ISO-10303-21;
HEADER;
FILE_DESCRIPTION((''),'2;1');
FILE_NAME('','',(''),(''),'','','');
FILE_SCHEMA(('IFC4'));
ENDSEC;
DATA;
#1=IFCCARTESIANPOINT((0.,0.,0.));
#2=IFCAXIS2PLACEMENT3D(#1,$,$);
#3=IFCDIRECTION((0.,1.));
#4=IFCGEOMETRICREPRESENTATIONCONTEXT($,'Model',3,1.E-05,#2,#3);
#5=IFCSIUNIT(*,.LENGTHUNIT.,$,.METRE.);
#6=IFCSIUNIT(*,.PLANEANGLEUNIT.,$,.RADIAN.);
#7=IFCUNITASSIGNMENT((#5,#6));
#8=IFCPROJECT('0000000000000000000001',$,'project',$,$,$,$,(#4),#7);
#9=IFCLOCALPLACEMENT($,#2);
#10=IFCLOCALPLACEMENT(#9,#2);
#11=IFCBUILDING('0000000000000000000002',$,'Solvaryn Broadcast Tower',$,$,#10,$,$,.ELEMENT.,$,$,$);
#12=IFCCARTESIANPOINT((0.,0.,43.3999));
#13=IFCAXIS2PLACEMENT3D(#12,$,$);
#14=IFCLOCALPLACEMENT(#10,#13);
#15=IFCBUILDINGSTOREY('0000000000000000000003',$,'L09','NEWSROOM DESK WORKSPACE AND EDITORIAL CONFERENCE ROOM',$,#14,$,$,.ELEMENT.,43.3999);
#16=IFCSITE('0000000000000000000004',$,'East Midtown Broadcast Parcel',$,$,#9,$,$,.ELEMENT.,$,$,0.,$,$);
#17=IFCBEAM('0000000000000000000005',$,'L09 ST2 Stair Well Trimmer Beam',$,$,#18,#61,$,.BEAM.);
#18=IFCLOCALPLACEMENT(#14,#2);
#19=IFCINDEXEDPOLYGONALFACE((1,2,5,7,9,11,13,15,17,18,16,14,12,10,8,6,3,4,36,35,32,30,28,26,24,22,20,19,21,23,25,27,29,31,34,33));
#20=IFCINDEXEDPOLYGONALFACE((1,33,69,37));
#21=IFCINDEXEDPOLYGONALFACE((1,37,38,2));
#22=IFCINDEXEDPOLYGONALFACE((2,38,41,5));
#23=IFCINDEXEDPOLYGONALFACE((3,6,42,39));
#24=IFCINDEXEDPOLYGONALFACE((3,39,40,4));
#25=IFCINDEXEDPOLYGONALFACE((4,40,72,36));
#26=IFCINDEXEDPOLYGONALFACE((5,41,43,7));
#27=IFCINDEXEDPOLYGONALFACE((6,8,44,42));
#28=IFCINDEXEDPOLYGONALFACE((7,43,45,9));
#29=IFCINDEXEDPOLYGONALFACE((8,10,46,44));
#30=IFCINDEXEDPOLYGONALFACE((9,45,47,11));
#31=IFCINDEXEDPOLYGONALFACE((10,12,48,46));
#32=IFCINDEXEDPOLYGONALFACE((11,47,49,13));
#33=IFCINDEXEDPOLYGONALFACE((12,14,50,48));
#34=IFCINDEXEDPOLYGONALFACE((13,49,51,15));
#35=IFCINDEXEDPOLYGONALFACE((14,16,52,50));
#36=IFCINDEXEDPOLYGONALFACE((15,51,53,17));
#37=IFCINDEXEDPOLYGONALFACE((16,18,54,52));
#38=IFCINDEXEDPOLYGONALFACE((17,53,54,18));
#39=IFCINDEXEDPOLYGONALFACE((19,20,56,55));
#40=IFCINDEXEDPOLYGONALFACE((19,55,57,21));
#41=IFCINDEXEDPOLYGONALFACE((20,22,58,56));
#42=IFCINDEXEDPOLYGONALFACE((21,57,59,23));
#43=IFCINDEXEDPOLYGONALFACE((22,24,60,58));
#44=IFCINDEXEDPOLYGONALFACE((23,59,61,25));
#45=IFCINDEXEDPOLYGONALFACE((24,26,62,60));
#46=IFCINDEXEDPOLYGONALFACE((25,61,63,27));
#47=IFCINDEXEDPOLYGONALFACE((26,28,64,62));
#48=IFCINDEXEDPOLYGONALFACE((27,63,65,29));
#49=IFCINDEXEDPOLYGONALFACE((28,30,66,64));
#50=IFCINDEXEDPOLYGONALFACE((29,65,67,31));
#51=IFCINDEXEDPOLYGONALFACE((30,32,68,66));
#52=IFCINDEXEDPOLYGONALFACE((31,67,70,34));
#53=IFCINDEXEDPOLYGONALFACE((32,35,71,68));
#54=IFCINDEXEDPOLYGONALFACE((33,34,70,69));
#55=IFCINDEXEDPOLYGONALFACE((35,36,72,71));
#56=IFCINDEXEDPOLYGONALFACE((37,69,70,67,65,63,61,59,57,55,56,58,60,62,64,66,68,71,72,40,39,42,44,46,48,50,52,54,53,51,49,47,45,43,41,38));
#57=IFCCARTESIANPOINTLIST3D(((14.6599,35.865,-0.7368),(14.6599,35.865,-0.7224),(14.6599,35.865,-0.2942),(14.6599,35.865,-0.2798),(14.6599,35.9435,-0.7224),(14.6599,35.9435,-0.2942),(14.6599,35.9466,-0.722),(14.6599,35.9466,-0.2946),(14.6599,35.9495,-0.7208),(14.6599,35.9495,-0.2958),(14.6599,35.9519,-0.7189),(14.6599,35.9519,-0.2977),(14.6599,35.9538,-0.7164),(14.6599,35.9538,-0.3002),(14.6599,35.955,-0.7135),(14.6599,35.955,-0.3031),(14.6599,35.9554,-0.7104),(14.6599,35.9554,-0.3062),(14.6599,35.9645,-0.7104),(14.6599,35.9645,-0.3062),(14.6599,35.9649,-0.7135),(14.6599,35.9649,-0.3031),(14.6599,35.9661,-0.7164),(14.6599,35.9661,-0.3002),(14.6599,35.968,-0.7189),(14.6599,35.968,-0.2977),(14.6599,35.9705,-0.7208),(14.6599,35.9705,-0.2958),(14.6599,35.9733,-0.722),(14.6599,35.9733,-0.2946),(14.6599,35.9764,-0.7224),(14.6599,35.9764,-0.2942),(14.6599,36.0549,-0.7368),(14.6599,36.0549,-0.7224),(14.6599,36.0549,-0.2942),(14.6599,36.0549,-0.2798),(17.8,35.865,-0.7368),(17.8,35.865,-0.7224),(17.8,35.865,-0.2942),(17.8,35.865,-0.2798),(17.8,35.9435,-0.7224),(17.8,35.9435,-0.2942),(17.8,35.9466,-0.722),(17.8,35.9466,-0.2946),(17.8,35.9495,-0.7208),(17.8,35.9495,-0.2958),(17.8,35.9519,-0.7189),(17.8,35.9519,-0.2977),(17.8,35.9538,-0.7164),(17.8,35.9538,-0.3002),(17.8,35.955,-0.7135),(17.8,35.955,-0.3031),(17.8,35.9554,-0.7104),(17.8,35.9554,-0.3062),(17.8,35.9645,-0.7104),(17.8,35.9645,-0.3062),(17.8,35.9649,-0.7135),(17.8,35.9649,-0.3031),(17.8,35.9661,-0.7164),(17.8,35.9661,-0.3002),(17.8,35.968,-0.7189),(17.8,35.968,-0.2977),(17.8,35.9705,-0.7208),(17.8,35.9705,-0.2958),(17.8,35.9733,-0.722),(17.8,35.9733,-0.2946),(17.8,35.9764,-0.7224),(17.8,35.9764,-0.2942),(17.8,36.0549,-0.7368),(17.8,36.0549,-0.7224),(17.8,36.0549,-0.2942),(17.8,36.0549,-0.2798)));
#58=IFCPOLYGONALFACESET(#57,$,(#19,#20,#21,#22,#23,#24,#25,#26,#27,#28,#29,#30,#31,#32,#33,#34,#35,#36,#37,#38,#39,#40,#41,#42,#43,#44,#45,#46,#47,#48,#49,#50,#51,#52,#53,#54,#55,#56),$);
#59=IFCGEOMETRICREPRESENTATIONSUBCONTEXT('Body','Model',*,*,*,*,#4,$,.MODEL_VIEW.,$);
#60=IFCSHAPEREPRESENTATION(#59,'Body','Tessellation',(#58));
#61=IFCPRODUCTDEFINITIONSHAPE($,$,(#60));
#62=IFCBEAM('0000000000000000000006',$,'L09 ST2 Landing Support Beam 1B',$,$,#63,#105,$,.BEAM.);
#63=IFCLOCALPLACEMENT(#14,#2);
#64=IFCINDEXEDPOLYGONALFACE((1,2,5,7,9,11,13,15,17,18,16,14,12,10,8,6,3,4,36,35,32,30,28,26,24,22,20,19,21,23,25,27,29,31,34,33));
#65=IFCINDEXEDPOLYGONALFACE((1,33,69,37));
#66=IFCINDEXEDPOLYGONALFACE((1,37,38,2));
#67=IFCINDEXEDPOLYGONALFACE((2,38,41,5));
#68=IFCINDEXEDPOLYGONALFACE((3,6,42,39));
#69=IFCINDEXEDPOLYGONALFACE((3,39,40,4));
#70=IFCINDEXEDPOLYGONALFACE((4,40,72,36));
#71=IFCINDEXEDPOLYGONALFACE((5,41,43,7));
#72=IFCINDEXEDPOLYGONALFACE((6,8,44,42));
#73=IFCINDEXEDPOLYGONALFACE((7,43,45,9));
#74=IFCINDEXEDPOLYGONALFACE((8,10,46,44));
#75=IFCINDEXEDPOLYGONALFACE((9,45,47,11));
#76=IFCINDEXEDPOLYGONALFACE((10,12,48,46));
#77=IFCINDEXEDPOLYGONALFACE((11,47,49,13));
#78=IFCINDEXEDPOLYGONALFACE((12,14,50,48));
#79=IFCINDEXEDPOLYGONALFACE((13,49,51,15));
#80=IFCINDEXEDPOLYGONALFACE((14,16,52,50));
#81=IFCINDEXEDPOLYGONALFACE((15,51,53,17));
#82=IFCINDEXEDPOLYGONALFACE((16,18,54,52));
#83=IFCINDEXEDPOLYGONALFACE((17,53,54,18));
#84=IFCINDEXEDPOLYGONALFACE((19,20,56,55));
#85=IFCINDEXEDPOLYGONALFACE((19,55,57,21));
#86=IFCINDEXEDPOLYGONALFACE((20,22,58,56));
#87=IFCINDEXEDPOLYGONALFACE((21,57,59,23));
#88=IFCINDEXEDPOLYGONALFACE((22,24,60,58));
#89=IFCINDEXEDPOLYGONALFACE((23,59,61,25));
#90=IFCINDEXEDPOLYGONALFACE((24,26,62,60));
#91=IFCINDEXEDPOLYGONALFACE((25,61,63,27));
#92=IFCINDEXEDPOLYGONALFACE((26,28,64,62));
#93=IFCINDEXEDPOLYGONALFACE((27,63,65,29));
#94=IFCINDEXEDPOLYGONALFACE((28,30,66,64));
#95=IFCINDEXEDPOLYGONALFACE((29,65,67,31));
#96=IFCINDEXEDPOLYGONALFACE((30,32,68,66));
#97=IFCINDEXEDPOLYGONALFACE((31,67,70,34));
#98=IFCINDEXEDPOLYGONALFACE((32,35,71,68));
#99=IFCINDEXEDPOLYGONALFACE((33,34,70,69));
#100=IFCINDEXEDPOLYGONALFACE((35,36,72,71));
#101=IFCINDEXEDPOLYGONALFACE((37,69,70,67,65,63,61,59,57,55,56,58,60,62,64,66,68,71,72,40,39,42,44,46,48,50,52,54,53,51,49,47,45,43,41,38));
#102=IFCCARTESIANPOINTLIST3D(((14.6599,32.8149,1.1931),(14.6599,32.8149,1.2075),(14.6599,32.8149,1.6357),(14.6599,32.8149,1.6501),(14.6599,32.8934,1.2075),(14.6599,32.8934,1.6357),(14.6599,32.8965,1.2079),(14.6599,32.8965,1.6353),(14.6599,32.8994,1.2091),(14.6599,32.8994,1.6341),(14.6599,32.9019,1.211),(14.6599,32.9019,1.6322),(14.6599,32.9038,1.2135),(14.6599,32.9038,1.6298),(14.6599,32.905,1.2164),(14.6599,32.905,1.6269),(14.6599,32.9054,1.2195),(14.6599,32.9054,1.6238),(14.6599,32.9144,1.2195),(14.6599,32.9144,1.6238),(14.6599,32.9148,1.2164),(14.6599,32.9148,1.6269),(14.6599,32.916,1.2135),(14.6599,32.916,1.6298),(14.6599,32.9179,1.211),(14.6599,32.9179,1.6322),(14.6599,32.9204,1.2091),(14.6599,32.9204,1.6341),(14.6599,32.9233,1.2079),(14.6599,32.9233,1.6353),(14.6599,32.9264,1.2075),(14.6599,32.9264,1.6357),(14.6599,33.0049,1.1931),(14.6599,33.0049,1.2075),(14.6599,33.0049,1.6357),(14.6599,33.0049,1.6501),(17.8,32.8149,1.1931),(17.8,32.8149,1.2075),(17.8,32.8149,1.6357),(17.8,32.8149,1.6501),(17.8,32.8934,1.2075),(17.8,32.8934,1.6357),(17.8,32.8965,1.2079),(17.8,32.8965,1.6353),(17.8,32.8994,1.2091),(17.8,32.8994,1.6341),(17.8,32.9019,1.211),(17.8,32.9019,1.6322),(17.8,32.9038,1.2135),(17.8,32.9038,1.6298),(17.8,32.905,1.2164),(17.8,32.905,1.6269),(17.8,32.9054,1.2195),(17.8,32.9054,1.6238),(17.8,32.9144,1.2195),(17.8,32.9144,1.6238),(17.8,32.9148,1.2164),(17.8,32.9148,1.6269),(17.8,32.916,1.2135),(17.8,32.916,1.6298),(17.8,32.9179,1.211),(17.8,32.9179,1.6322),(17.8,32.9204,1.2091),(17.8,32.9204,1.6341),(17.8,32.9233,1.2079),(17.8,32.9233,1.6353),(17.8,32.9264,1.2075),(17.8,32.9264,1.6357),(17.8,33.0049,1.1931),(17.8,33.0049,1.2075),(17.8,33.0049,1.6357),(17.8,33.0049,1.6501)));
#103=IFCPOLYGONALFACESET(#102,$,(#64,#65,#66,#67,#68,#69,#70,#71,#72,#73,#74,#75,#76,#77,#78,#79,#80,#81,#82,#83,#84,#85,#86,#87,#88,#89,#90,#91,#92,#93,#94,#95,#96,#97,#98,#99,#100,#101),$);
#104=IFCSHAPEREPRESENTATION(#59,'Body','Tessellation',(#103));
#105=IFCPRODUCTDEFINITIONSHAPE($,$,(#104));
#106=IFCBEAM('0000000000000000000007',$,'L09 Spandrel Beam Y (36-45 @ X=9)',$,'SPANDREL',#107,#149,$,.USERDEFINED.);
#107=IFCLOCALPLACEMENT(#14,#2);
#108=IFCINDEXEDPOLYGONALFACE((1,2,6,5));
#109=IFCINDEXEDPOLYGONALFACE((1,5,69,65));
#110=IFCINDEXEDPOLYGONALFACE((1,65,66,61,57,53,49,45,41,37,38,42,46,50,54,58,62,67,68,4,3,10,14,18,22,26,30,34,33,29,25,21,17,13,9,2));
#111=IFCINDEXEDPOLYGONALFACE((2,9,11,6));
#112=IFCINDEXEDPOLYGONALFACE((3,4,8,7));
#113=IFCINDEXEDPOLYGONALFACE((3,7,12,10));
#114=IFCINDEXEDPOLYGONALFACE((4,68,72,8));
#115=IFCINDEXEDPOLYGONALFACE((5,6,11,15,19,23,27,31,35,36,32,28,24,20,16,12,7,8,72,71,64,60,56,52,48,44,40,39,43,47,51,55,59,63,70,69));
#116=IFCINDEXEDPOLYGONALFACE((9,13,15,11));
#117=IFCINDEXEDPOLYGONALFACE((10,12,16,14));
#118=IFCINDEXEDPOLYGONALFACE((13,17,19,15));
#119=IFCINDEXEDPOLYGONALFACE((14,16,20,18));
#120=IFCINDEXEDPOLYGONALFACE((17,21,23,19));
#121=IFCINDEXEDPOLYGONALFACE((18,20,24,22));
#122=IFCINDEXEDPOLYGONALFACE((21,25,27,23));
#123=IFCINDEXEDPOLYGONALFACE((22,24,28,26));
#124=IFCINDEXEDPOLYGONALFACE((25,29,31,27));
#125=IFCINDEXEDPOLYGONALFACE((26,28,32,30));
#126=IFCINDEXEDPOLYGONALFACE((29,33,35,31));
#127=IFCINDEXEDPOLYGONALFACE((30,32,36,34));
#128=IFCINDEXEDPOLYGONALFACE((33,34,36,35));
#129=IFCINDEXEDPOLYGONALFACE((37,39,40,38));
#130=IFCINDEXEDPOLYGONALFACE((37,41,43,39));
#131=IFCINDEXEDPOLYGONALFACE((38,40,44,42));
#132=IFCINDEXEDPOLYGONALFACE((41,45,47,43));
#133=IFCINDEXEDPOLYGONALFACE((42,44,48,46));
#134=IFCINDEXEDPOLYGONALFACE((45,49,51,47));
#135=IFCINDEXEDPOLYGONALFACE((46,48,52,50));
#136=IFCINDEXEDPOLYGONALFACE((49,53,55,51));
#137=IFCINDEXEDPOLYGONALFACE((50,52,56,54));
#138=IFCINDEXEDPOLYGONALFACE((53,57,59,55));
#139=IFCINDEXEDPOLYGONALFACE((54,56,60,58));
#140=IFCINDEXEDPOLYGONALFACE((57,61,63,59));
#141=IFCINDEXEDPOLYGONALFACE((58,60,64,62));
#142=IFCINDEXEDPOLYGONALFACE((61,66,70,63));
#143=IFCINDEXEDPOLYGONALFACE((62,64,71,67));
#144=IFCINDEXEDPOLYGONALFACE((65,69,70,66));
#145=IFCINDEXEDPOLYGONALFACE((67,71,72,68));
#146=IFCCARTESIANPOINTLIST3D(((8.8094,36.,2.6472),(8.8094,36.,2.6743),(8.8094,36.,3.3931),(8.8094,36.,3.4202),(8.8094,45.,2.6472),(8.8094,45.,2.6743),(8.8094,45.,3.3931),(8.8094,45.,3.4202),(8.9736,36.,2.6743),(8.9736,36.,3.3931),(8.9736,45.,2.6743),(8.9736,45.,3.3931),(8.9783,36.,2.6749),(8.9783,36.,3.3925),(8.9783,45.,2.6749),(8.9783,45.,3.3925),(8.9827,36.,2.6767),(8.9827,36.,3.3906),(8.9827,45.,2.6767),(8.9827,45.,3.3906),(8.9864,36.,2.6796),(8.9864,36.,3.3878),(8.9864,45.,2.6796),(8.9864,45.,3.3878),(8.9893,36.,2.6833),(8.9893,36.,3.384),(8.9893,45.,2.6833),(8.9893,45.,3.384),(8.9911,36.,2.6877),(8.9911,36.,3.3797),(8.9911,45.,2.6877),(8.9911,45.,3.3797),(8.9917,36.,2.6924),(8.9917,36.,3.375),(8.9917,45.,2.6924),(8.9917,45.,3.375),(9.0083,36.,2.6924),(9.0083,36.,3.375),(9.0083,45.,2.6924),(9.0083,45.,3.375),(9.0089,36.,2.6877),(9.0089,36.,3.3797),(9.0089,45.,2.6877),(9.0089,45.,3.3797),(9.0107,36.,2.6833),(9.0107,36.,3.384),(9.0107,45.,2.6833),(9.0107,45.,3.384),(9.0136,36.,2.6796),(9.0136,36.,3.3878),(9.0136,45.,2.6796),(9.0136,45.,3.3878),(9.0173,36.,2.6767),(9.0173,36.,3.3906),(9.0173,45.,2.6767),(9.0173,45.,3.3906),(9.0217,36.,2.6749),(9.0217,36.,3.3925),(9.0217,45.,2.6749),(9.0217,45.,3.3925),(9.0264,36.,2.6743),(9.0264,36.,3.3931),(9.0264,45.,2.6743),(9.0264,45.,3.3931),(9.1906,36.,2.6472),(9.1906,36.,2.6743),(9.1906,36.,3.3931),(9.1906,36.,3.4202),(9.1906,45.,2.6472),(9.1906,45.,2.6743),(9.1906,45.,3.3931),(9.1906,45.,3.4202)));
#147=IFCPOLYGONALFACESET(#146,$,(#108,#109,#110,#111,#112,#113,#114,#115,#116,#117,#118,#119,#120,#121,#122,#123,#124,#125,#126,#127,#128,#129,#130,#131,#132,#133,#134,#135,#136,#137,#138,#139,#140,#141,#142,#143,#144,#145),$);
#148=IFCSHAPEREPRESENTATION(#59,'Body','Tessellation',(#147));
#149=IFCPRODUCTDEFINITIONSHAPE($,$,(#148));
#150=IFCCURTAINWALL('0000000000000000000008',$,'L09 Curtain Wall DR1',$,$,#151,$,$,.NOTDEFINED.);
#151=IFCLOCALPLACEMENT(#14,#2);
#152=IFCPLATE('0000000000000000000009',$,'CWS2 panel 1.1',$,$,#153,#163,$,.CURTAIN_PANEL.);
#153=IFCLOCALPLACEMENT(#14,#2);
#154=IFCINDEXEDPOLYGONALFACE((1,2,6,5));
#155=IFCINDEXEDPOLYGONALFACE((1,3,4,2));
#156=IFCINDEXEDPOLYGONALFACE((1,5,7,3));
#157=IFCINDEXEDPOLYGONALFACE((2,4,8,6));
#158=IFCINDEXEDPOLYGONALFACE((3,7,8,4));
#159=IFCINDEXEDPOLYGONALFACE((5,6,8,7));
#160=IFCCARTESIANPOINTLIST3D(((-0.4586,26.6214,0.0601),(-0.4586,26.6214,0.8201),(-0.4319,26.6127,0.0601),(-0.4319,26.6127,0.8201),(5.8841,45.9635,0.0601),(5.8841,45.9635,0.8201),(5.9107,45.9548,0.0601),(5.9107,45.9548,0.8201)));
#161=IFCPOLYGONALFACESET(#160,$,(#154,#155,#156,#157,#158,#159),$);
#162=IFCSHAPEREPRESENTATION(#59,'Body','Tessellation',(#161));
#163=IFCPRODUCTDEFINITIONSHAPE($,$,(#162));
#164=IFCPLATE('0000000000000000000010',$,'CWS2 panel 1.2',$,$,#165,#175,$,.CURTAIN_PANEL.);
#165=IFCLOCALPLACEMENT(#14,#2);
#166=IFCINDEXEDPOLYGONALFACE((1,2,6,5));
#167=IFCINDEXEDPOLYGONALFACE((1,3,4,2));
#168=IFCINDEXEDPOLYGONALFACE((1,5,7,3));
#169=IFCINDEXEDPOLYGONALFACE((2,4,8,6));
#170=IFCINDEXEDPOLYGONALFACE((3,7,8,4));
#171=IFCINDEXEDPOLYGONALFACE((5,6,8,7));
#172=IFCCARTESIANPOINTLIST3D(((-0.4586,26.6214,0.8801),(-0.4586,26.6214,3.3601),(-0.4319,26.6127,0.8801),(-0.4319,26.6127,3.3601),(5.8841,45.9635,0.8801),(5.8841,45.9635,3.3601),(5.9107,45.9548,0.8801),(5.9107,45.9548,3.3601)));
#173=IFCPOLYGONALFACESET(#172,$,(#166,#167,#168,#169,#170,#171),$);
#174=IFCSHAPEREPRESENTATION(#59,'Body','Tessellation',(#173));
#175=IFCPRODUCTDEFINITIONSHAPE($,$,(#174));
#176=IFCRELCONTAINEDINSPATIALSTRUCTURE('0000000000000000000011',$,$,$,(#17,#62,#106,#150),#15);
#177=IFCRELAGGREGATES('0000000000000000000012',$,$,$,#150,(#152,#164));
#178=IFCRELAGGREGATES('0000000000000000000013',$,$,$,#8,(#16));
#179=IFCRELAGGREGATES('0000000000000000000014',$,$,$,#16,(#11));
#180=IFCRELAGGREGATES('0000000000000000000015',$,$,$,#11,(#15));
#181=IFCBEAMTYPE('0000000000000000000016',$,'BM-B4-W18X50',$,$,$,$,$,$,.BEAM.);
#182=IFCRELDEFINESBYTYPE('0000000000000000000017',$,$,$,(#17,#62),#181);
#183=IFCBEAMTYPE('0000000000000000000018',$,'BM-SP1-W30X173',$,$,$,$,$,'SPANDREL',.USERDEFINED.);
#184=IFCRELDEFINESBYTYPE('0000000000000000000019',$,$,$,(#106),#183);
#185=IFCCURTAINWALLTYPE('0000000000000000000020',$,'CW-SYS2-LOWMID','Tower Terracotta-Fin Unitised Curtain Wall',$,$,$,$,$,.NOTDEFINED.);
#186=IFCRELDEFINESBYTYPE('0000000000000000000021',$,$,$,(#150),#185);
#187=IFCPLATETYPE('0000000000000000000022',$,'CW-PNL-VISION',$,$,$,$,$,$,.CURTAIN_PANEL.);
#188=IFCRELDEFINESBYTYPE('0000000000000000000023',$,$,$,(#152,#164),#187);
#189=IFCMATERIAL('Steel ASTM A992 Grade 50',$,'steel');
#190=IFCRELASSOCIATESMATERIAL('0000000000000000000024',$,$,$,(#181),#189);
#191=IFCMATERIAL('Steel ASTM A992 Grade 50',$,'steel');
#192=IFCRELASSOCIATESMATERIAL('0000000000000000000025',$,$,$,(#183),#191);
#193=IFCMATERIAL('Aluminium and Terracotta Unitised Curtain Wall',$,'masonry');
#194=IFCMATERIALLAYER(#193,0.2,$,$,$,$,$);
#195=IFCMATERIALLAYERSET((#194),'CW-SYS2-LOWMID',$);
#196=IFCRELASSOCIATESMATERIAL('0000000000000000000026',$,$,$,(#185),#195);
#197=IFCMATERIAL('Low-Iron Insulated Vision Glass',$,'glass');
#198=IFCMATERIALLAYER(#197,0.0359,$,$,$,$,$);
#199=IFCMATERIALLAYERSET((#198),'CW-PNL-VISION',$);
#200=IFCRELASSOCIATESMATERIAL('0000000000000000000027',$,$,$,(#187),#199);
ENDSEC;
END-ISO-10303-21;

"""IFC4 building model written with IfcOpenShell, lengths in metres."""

from ifc_helpers import new_model, si_unit, direction, frame, origin, origin_2d, place, context, subcontext, project, spatial, rectangle, i_section, extrude, material, layer, layer_set, material_profile, profile_set, type_object, element, aggregate, save


model = new_model("IFC4")

# Units and contexts
model_context = context("Model", 3, precision=1e-05, world=origin(), true_north=direction((0.0, 1.0)))
body_context = subcontext(model_context, "Body", "Model", "MODEL_VIEW")
ifc_project = project(units=[si_unit("LENGTHUNIT", "METRE"), si_unit("PLANEANGLEUNIT", "RADIAN")], contexts=[model_context])

# Site, building, storey
site_placement = place(None, origin())
site = spatial("IfcSite", under=ifc_project, at=site_placement, Name="East Midtown Broadcast Parcel", CompositionType="ELEMENT", RefElevation=0.0)
building_placement = place(site_placement, origin())
building = spatial("IfcBuilding", under=site, at=building_placement, Name="Solvaryn Broadcast Tower", CompositionType="ELEMENT")
storey_placement = place(building_placement, frame((0.0, 0.0, 43.3999)))
storey = spatial("IfcBuildingStorey", under=building, at=storey_placement, Name="L09", Description="NEWSROOM DESK WORKSPACE AND EDITORIAL CONFERENCE ROOM", CompositionType="ELEMENT", Elevation=43.3999)

# Beams
ifc_material_1 = material(Name="Steel ASTM A992 Grade 50", Category="steel")
ifc_material_profile_1 = material_profile(ifc_material_1, i_section(OverallWidth=0.1899, OverallDepth=0.457, WebThickness=0.009, FlangeThickness=0.0144, FilletRadius=0.012, at=origin_2d()))
ifc_profile_set_1 = profile_set([ifc_material_profile_1], Name="Steel ASTM A992 Grade 50")
beam_type_1 = type_object("IfcBeamType", Name="BM-B4-W18X50", PredefinedType="BEAM", material=ifc_profile_set_1)
for number, where, z_axis, x_axis, name in (
    (1, (14.6599, 35.96, -0.5083), (1.0, 0.0, 0.0), (0.0, 1.0, 0.0), "L09 ST2 Stair Well Trimmer Beam"),
    (2, (14.6599, 32.9099, 1.4216), (1.0, 0.0, 0.0), (0.0, 1.0, 0.0), "L09 ST2 Landing Support Beam 1B"),
):
    element("IfcBeam", number, at=place(storey_placement, frame(where, z_axis=z_axis, x_axis=x_axis)), inside=storey, type_object=beam_type_1, Name=name, PredefinedType="BEAM", context=body_context, shape_type="SweptSolid", body=[
        extrude(i_section(OverallWidth=0.1899, OverallDepth=0.457, WebThickness=0.009, FlangeThickness=0.0144, FilletRadius=0.012, at=origin_2d()), origin(), (0.0, 0.0, 1.0), 3.1401),
    ])
ifc_material_2 = material(Name="Steel ASTM A992 Grade 50", Category="steel")
ifc_material_profile_2 = material_profile(ifc_material_2, i_section(OverallWidth=0.3811, OverallDepth=0.7729, WebThickness=0.0166, FlangeThickness=0.0271, FilletRadius=0.0181, at=origin_2d()))
ifc_profile_set_2 = profile_set([ifc_material_profile_2], Name="Steel ASTM A992 Grade 50")
beam_type_2 = type_object("IfcBeamType", Name="BM-SP1-W30X173", ElementType="SPANDREL", PredefinedType="USERDEFINED", material=ifc_profile_set_2)
beam_1_placement = place(storey_placement, frame((9.0, 36.0, 3.0337), z_axis=(0.0, 1.0, 0.0), x_axis=(-1.0, 0.0, 0.0)))
element("IfcBeam", 3, at=beam_1_placement, inside=storey, type_object=beam_type_2, Name="L09 Spandrel Beam Y (36-45 @ X=9)", ObjectType="SPANDREL", PredefinedType="USERDEFINED", context=body_context, shape_type="SweptSolid", body=[
    extrude(i_section(OverallWidth=0.3811, OverallDepth=0.7729, WebThickness=0.0166, FlangeThickness=0.0271, FilletRadius=0.0181, at=origin_2d()), origin(), (0.0, 0.0, 1.0), 9.0),
])

# Curtain wall, plates
ifc_material_3 = material(Name="Aluminium and Terracotta Unitised Curtain Wall", Category="masonry")
ifc_layer_1 = layer(ifc_material_3, 0.2)
ifc_layer_set_1 = layer_set([ifc_layer_1], Name="CW-SYS2-LOWMID")
curtain_wall_type = type_object("IfcCurtainWallType", Name="CW-SYS2-LOWMID", Description="Tower Terracotta-Fin Unitised Curtain Wall", PredefinedType="NOTDEFINED", material=ifc_layer_set_1)
curtain_wall_placement = place(storey_placement, origin())
curtain_wall = element("IfcCurtainWall", 4, at=curtain_wall_placement, inside=storey, type_object=curtain_wall_type, Name="L09 Curtain Wall DR1", PredefinedType="NOTDEFINED")
ifc_material_4 = material(Name="Low-Iron Insulated Vision Glass", Category="glass")
ifc_layer_2 = layer(ifc_material_4, 0.0359)
ifc_layer_set_2 = layer_set([ifc_layer_2], Name="CW-PNL-VISION")
plate_type = type_object("IfcPlateType", Name="CW-PNL-VISION", PredefinedType="CURTAIN_PANEL", material=ifc_layer_set_2)
plate_1_placement = place(storey_placement, frame((2.7261, 36.2881, 0.0601), z_axis=(0.0, 0.0, 1.0), x_axis=(-0.311594, -0.950215, 0.0)))
plate_1 = element("IfcPlate", 5, at=plate_1_placement, type_object=plate_type, Name="CWS2 panel 1.1", PredefinedType="CURTAIN_PANEL", context=body_context, shape_type="SweptSolid", body=[
    extrude(rectangle(XDim=20.3555, YDim=0.0281, at=origin_2d()), origin(), (0.0, 0.0, 1.0), 0.76),
])
plate_2_placement = place(storey_placement, frame((2.7261, 36.2881, 0.8801), z_axis=(0.0, 0.0, 1.0), x_axis=(-0.311594, -0.950215, 0.0)))
plate_2 = element("IfcPlate", 6, at=plate_2_placement, type_object=plate_type, Name="CWS2 panel 1.2", PredefinedType="CURTAIN_PANEL", context=body_context, shape_type="SweptSolid", body=[
    extrude(rectangle(XDim=20.3555, YDim=0.0281, at=origin_2d()), origin(), (0.0, 0.0, 1.0), 2.48),
])
aggregate(curtain_wall, [plate_1, plate_2])

save(model, "model.ifc")
